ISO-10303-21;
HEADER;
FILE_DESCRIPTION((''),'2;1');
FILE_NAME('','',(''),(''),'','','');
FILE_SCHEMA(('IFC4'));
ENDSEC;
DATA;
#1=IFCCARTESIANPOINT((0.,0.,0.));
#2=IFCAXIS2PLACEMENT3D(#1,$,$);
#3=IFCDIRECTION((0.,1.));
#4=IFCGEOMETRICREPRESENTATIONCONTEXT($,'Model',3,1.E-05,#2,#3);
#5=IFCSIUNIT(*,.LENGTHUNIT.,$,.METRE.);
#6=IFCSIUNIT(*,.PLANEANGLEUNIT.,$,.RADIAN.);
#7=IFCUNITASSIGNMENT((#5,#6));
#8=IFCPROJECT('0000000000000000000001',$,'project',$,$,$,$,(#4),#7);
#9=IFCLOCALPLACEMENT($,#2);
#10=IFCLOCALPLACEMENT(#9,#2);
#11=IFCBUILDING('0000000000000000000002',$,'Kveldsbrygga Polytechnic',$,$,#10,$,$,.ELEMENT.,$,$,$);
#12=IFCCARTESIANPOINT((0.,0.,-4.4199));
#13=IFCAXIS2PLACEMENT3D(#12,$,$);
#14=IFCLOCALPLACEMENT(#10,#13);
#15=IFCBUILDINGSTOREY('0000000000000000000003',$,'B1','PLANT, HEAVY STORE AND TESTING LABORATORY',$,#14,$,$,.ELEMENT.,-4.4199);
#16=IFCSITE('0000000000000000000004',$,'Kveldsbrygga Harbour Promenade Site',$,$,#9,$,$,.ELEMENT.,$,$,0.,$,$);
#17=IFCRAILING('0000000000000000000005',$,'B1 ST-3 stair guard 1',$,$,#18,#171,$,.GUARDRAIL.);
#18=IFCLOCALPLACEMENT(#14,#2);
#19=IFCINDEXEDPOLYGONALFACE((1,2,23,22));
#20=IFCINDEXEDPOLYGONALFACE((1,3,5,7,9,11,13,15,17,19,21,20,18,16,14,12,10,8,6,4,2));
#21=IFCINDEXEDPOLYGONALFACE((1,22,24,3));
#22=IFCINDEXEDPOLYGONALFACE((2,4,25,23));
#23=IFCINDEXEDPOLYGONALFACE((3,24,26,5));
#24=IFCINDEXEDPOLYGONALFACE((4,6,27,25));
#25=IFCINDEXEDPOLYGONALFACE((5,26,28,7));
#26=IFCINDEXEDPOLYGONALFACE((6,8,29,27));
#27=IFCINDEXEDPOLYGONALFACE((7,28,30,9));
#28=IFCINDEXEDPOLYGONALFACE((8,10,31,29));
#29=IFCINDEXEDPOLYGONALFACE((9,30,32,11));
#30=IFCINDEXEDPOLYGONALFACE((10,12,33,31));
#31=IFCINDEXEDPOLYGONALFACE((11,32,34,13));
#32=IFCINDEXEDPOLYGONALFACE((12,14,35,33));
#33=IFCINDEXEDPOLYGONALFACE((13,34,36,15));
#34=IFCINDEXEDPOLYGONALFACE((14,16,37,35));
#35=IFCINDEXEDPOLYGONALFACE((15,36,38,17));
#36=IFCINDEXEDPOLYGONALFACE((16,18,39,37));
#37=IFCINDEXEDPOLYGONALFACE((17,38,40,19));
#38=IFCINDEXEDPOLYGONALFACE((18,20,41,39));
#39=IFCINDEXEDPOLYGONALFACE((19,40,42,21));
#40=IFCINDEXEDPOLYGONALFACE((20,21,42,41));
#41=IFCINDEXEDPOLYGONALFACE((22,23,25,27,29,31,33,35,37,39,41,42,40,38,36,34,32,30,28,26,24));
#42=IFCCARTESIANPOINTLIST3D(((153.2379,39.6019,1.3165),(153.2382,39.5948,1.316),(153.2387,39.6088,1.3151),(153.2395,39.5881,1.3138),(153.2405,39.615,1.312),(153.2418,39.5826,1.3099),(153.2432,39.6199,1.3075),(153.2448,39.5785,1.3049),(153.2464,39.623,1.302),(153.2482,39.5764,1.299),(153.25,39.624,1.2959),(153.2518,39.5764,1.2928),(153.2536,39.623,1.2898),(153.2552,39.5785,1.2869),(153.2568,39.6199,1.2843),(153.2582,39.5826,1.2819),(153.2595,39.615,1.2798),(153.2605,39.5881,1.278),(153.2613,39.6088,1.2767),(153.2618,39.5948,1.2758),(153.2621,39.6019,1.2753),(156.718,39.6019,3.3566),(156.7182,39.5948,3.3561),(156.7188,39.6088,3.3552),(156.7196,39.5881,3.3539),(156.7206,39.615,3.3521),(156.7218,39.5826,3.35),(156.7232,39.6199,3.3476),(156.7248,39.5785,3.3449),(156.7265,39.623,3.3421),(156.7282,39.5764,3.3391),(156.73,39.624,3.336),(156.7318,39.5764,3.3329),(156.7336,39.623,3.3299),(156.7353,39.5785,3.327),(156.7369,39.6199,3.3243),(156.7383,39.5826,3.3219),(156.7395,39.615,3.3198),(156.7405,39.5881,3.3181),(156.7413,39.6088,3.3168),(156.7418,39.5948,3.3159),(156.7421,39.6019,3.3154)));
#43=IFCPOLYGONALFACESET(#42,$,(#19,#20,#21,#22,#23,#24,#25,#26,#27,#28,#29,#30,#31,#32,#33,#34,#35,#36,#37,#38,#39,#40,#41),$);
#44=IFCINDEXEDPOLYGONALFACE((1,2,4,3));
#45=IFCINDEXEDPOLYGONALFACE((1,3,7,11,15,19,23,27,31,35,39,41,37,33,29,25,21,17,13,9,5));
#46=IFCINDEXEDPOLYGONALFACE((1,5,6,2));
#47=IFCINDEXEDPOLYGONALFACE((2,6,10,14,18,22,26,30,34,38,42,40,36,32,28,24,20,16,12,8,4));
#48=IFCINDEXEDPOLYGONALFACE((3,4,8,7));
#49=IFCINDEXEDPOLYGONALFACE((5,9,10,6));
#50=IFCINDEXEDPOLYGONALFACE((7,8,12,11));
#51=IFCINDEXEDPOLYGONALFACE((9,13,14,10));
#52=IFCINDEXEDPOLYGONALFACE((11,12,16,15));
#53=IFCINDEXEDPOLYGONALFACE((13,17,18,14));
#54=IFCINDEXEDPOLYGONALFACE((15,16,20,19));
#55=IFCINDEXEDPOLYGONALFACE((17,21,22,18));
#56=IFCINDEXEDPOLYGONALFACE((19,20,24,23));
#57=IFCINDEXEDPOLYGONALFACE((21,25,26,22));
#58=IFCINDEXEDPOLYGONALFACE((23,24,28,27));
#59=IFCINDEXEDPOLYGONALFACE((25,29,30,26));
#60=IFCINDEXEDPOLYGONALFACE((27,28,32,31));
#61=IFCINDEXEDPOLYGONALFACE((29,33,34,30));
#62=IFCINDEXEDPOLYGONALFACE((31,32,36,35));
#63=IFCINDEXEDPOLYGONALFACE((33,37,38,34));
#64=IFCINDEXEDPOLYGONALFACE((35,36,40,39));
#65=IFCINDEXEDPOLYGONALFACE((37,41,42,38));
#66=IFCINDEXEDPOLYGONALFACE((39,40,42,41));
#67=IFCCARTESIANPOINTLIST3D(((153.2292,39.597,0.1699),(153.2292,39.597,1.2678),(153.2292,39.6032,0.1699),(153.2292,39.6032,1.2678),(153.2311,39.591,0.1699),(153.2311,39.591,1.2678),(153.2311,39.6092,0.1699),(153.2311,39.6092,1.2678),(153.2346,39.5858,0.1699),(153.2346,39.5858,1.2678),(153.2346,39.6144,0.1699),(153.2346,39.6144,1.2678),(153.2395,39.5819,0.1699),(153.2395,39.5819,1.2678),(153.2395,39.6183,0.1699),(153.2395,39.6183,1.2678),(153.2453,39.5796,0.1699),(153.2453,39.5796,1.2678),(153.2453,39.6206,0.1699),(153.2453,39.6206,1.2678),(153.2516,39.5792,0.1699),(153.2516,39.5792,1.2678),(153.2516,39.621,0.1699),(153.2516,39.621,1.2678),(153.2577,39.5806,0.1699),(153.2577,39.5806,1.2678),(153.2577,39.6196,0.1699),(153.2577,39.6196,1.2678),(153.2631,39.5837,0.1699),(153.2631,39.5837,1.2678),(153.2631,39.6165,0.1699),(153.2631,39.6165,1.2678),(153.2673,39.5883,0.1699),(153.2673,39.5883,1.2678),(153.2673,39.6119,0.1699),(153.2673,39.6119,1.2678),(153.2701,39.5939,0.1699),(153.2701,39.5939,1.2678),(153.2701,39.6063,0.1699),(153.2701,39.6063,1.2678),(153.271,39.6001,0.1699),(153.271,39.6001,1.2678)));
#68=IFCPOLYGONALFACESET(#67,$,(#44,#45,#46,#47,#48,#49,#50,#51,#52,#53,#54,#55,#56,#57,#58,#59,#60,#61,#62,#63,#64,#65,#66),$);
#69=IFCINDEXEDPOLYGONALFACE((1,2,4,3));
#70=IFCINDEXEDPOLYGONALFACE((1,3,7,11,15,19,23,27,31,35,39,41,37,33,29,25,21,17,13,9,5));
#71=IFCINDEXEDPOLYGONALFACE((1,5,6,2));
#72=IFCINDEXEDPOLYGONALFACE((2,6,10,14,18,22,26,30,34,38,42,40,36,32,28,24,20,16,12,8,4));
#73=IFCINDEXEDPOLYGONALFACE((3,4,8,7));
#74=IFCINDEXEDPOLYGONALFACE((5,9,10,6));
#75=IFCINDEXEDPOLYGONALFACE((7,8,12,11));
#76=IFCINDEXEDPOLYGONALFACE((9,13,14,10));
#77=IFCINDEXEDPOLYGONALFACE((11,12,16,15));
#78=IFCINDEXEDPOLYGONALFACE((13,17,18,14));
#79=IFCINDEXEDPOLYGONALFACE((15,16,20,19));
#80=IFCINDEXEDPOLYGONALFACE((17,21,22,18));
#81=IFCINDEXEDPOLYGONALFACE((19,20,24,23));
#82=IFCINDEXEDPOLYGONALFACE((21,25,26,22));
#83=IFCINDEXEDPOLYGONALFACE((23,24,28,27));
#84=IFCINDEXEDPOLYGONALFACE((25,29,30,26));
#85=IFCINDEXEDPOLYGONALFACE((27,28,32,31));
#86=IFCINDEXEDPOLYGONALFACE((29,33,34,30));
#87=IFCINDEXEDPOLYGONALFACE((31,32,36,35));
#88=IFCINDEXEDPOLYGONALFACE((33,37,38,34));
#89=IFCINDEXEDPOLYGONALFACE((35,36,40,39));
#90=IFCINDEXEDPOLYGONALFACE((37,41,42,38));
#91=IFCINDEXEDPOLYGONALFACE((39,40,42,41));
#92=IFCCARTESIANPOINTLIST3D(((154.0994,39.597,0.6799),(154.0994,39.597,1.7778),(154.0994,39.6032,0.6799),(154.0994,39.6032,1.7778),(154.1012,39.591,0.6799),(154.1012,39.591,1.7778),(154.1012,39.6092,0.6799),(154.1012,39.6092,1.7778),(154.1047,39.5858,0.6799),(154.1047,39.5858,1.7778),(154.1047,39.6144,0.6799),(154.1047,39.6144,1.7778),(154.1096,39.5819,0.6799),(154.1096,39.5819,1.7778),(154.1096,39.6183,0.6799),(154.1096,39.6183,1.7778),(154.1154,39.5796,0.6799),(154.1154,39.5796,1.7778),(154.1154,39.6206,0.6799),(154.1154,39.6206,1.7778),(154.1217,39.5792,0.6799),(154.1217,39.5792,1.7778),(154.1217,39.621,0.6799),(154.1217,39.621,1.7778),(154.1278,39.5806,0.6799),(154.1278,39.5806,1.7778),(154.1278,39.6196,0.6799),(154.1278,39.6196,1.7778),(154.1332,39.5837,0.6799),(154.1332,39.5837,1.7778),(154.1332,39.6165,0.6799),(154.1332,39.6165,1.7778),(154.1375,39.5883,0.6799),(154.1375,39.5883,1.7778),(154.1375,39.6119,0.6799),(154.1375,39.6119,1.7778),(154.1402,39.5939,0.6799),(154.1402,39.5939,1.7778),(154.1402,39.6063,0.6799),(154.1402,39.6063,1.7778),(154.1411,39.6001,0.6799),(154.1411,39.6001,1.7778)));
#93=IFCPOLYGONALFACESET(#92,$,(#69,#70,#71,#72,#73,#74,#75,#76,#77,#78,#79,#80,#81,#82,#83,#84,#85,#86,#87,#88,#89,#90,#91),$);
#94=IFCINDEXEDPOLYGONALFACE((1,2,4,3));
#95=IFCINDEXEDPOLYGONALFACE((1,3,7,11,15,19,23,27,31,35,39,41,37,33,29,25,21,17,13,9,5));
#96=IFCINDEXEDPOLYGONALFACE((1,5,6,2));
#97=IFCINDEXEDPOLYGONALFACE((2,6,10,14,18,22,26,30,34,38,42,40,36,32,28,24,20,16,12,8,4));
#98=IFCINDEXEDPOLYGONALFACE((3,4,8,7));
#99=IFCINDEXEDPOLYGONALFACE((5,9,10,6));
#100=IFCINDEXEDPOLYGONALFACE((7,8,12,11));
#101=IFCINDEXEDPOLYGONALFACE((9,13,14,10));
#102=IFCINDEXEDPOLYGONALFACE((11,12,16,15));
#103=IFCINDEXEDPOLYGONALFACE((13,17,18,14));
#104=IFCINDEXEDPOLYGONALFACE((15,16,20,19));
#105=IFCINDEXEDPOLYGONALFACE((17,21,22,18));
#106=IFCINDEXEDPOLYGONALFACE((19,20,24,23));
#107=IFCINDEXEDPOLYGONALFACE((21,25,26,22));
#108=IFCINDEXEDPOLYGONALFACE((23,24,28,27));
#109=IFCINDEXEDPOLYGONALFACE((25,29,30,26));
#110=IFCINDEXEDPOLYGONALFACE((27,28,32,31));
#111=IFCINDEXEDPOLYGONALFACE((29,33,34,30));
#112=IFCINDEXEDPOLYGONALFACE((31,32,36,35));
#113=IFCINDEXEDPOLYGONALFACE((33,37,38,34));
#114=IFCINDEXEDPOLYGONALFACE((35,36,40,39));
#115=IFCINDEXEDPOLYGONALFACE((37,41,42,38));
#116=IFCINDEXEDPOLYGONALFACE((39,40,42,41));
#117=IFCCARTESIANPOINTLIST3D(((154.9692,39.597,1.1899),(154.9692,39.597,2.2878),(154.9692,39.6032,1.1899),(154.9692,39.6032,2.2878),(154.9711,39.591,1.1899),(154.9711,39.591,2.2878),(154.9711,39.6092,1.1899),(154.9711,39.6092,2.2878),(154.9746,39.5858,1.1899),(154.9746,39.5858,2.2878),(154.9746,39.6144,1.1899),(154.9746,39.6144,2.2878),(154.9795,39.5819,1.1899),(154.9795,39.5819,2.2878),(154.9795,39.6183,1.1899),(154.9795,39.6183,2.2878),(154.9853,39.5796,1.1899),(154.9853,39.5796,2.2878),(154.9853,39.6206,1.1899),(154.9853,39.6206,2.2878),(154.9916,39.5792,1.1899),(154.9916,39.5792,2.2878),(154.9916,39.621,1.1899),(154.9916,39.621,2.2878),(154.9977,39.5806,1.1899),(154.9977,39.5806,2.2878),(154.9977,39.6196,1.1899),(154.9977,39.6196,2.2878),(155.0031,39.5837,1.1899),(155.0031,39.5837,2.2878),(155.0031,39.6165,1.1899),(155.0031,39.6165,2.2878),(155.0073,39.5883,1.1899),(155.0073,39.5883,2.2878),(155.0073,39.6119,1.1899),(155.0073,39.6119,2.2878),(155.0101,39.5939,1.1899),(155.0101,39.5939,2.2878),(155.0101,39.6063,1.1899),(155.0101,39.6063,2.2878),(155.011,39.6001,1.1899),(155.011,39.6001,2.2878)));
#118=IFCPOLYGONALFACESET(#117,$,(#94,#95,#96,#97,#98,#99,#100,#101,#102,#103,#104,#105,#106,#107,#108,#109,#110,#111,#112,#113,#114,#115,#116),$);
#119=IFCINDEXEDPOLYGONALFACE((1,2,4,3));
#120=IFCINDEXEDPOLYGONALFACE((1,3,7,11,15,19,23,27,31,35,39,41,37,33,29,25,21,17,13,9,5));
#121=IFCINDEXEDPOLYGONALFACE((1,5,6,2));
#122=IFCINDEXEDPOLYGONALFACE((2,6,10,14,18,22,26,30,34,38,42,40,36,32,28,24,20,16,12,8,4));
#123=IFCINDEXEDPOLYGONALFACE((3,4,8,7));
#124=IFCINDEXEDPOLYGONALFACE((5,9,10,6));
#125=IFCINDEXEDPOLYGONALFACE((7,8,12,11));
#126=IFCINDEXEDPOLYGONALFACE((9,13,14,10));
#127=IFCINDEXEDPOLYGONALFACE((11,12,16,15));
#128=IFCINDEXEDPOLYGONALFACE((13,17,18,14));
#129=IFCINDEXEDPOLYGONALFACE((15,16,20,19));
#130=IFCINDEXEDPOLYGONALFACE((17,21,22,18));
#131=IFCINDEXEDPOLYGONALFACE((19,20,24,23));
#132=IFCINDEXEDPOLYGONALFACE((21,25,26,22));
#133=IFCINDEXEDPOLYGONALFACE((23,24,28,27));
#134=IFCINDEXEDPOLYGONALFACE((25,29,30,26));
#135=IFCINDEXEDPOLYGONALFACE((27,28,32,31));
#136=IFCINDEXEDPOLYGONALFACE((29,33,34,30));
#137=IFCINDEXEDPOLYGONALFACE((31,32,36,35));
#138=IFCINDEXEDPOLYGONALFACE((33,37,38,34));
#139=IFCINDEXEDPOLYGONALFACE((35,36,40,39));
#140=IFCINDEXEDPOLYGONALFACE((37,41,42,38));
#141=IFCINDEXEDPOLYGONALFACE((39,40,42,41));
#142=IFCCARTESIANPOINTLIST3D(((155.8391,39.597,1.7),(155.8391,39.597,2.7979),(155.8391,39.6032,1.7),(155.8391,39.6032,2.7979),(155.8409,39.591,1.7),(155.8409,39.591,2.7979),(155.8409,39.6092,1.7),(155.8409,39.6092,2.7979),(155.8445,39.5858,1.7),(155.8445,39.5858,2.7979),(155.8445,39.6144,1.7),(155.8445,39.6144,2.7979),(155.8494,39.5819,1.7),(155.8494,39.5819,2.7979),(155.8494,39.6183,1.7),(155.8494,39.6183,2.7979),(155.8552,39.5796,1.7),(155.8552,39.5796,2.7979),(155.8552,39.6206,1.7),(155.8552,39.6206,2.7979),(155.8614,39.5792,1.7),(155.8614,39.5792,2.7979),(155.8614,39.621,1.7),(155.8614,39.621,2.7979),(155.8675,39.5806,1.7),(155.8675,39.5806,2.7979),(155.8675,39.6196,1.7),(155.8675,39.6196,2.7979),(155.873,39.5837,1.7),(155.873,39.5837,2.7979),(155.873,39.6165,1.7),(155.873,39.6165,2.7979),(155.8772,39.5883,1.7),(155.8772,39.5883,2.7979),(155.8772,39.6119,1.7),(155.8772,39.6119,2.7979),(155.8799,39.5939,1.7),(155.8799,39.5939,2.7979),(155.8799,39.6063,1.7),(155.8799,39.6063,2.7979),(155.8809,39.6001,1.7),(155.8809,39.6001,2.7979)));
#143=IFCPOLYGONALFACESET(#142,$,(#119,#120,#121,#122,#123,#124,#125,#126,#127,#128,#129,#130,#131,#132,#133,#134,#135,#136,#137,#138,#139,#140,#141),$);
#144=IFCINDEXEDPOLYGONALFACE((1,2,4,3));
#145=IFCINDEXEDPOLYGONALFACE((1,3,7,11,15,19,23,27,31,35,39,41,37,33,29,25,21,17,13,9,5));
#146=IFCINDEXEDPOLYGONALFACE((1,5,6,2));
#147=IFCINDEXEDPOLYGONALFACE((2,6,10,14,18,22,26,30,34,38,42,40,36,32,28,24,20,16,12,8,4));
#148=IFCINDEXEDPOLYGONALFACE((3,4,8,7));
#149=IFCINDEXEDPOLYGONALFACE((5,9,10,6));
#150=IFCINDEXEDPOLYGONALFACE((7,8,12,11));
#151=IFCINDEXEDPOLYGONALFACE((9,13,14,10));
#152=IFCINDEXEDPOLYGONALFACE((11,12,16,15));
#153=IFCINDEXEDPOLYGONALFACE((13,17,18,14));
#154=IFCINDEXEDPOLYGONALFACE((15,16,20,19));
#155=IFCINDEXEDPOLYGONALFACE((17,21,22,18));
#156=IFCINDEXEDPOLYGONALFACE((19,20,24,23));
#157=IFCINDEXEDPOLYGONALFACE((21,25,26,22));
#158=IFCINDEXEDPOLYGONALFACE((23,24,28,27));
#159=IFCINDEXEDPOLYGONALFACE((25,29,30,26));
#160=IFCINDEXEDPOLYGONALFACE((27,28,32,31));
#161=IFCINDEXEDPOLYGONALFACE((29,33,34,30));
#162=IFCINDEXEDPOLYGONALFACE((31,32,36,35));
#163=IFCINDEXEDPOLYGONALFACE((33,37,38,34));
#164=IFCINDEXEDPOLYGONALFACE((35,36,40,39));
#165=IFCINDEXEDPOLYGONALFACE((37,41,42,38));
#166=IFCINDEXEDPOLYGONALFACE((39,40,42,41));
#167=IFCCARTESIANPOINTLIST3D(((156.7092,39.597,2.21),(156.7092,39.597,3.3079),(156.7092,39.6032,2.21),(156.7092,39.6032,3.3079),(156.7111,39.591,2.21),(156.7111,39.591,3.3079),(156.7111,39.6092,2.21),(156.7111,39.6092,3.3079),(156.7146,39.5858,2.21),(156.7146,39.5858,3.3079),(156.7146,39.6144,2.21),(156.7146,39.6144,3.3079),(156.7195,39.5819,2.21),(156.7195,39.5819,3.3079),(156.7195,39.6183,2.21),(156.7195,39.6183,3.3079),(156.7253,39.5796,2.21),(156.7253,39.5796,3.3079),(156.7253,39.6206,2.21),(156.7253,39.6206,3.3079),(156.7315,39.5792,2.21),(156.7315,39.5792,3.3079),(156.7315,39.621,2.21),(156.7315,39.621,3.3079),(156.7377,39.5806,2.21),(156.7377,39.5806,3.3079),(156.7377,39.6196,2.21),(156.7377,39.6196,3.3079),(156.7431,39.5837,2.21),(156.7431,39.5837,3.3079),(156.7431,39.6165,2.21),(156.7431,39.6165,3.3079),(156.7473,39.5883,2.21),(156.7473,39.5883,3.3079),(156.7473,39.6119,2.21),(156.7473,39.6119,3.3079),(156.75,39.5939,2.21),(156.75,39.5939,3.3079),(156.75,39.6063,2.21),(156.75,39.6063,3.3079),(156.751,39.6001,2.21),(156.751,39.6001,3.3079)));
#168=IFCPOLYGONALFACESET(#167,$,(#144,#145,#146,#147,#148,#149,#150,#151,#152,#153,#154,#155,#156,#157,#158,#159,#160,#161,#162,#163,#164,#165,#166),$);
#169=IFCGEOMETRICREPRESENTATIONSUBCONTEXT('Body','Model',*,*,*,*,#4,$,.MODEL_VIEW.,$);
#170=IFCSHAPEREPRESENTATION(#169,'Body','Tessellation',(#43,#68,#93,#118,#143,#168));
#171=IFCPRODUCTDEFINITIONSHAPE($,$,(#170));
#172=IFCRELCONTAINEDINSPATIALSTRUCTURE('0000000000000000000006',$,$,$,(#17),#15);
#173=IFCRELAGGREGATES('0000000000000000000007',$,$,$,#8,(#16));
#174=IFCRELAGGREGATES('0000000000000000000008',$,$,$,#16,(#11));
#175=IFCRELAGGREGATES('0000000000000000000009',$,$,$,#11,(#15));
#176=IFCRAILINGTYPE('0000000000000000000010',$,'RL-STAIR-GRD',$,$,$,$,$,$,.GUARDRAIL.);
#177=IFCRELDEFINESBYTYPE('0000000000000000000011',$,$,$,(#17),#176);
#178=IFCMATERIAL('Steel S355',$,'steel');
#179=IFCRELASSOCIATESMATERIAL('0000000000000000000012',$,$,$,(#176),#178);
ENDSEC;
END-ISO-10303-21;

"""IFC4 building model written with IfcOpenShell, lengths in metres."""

from ifc_helpers import new_model, si_unit, direction, frame, origin, origin_2d, place, context, subcontext, project, spatial, circle, extrude, material, type_object, element, save


model = new_model("IFC4")

# Units and contexts
model_context = context("Model", 3, precision=1e-05, world=origin(), true_north=direction((0.0, 1.0)))
body_context = subcontext(model_context, "Body", "Model", "MODEL_VIEW")
ifc_project = project(units=[si_unit("LENGTHUNIT", "METRE"), si_unit("PLANEANGLEUNIT", "RADIAN")], contexts=[model_context])

# Site, building, storey
site_placement = place(None, origin())
site = spatial("IfcSite", under=ifc_project, at=site_placement, Name="Kveldsbrygga Harbour Promenade Site", CompositionType="ELEMENT", RefElevation=0.0)
building_placement = place(site_placement, origin())
building = spatial("IfcBuilding", under=site, at=building_placement, Name="Kveldsbrygga Polytechnic", CompositionType="ELEMENT")
storey_placement = place(building_placement, frame((0.0, 0.0, -4.4199)))
storey = spatial("IfcBuildingStorey", under=building, at=storey_placement, Name="B1", Description="PLANT, HEAVY STORE AND TESTING LABORATORY", CompositionType="ELEMENT", Elevation=-4.4199)

# Railing
ifc_material_1 = material(Name="Steel S355", Category="steel")
railing_type_1 = type_object("IfcRailingType", Name="RL-STAIR-GRD", PredefinedType="GUARDRAIL", material=ifc_material_1)
railing_1_placement = place(storey_placement, frame((153.25, 39.6001, 0.1699)))
element("IfcRailing", 1, at=railing_1_placement, inside=storey, type_object=railing_type_1, Name="B1 ST-3 stair guard 1", PredefinedType="GUARDRAIL", context=body_context, shape_type="SweptSolid", body=[
    extrude(circle(Radius=0.0239, at=origin_2d()), frame((0.0, 0.0, 1.126), z_axis=(0.862693, 0.0, 0.505729), x_axis=(0.0, 1.0, 0.0)), (0.0, 0.0, 1.0), 4.0339),
    extrude(circle(Radius=0.021, at=origin_2d()), origin(), (0.0, 0.0, 1.0), 1.0979),
    extrude(circle(Radius=0.021, at=origin_2d()), frame((0.8701, 0.0, 0.51)), (0.0, 0.0, 1.0), 1.0979),
    extrude(circle(Radius=0.021, at=origin_2d()), frame((1.74, 0.0, 1.02)), (0.0, 0.0, 1.0), 1.0979),
    extrude(circle(Radius=0.021, at=origin_2d()), frame((2.6099, 0.0, 1.53)), (0.0, 0.0, 1.0), 1.0979),
    extrude(circle(Radius=0.021, at=origin_2d()), frame((3.48, 0.0, 2.04)), (0.0, 0.0, 1.0), 1.0979),
])

save(model, "model.ifc")
